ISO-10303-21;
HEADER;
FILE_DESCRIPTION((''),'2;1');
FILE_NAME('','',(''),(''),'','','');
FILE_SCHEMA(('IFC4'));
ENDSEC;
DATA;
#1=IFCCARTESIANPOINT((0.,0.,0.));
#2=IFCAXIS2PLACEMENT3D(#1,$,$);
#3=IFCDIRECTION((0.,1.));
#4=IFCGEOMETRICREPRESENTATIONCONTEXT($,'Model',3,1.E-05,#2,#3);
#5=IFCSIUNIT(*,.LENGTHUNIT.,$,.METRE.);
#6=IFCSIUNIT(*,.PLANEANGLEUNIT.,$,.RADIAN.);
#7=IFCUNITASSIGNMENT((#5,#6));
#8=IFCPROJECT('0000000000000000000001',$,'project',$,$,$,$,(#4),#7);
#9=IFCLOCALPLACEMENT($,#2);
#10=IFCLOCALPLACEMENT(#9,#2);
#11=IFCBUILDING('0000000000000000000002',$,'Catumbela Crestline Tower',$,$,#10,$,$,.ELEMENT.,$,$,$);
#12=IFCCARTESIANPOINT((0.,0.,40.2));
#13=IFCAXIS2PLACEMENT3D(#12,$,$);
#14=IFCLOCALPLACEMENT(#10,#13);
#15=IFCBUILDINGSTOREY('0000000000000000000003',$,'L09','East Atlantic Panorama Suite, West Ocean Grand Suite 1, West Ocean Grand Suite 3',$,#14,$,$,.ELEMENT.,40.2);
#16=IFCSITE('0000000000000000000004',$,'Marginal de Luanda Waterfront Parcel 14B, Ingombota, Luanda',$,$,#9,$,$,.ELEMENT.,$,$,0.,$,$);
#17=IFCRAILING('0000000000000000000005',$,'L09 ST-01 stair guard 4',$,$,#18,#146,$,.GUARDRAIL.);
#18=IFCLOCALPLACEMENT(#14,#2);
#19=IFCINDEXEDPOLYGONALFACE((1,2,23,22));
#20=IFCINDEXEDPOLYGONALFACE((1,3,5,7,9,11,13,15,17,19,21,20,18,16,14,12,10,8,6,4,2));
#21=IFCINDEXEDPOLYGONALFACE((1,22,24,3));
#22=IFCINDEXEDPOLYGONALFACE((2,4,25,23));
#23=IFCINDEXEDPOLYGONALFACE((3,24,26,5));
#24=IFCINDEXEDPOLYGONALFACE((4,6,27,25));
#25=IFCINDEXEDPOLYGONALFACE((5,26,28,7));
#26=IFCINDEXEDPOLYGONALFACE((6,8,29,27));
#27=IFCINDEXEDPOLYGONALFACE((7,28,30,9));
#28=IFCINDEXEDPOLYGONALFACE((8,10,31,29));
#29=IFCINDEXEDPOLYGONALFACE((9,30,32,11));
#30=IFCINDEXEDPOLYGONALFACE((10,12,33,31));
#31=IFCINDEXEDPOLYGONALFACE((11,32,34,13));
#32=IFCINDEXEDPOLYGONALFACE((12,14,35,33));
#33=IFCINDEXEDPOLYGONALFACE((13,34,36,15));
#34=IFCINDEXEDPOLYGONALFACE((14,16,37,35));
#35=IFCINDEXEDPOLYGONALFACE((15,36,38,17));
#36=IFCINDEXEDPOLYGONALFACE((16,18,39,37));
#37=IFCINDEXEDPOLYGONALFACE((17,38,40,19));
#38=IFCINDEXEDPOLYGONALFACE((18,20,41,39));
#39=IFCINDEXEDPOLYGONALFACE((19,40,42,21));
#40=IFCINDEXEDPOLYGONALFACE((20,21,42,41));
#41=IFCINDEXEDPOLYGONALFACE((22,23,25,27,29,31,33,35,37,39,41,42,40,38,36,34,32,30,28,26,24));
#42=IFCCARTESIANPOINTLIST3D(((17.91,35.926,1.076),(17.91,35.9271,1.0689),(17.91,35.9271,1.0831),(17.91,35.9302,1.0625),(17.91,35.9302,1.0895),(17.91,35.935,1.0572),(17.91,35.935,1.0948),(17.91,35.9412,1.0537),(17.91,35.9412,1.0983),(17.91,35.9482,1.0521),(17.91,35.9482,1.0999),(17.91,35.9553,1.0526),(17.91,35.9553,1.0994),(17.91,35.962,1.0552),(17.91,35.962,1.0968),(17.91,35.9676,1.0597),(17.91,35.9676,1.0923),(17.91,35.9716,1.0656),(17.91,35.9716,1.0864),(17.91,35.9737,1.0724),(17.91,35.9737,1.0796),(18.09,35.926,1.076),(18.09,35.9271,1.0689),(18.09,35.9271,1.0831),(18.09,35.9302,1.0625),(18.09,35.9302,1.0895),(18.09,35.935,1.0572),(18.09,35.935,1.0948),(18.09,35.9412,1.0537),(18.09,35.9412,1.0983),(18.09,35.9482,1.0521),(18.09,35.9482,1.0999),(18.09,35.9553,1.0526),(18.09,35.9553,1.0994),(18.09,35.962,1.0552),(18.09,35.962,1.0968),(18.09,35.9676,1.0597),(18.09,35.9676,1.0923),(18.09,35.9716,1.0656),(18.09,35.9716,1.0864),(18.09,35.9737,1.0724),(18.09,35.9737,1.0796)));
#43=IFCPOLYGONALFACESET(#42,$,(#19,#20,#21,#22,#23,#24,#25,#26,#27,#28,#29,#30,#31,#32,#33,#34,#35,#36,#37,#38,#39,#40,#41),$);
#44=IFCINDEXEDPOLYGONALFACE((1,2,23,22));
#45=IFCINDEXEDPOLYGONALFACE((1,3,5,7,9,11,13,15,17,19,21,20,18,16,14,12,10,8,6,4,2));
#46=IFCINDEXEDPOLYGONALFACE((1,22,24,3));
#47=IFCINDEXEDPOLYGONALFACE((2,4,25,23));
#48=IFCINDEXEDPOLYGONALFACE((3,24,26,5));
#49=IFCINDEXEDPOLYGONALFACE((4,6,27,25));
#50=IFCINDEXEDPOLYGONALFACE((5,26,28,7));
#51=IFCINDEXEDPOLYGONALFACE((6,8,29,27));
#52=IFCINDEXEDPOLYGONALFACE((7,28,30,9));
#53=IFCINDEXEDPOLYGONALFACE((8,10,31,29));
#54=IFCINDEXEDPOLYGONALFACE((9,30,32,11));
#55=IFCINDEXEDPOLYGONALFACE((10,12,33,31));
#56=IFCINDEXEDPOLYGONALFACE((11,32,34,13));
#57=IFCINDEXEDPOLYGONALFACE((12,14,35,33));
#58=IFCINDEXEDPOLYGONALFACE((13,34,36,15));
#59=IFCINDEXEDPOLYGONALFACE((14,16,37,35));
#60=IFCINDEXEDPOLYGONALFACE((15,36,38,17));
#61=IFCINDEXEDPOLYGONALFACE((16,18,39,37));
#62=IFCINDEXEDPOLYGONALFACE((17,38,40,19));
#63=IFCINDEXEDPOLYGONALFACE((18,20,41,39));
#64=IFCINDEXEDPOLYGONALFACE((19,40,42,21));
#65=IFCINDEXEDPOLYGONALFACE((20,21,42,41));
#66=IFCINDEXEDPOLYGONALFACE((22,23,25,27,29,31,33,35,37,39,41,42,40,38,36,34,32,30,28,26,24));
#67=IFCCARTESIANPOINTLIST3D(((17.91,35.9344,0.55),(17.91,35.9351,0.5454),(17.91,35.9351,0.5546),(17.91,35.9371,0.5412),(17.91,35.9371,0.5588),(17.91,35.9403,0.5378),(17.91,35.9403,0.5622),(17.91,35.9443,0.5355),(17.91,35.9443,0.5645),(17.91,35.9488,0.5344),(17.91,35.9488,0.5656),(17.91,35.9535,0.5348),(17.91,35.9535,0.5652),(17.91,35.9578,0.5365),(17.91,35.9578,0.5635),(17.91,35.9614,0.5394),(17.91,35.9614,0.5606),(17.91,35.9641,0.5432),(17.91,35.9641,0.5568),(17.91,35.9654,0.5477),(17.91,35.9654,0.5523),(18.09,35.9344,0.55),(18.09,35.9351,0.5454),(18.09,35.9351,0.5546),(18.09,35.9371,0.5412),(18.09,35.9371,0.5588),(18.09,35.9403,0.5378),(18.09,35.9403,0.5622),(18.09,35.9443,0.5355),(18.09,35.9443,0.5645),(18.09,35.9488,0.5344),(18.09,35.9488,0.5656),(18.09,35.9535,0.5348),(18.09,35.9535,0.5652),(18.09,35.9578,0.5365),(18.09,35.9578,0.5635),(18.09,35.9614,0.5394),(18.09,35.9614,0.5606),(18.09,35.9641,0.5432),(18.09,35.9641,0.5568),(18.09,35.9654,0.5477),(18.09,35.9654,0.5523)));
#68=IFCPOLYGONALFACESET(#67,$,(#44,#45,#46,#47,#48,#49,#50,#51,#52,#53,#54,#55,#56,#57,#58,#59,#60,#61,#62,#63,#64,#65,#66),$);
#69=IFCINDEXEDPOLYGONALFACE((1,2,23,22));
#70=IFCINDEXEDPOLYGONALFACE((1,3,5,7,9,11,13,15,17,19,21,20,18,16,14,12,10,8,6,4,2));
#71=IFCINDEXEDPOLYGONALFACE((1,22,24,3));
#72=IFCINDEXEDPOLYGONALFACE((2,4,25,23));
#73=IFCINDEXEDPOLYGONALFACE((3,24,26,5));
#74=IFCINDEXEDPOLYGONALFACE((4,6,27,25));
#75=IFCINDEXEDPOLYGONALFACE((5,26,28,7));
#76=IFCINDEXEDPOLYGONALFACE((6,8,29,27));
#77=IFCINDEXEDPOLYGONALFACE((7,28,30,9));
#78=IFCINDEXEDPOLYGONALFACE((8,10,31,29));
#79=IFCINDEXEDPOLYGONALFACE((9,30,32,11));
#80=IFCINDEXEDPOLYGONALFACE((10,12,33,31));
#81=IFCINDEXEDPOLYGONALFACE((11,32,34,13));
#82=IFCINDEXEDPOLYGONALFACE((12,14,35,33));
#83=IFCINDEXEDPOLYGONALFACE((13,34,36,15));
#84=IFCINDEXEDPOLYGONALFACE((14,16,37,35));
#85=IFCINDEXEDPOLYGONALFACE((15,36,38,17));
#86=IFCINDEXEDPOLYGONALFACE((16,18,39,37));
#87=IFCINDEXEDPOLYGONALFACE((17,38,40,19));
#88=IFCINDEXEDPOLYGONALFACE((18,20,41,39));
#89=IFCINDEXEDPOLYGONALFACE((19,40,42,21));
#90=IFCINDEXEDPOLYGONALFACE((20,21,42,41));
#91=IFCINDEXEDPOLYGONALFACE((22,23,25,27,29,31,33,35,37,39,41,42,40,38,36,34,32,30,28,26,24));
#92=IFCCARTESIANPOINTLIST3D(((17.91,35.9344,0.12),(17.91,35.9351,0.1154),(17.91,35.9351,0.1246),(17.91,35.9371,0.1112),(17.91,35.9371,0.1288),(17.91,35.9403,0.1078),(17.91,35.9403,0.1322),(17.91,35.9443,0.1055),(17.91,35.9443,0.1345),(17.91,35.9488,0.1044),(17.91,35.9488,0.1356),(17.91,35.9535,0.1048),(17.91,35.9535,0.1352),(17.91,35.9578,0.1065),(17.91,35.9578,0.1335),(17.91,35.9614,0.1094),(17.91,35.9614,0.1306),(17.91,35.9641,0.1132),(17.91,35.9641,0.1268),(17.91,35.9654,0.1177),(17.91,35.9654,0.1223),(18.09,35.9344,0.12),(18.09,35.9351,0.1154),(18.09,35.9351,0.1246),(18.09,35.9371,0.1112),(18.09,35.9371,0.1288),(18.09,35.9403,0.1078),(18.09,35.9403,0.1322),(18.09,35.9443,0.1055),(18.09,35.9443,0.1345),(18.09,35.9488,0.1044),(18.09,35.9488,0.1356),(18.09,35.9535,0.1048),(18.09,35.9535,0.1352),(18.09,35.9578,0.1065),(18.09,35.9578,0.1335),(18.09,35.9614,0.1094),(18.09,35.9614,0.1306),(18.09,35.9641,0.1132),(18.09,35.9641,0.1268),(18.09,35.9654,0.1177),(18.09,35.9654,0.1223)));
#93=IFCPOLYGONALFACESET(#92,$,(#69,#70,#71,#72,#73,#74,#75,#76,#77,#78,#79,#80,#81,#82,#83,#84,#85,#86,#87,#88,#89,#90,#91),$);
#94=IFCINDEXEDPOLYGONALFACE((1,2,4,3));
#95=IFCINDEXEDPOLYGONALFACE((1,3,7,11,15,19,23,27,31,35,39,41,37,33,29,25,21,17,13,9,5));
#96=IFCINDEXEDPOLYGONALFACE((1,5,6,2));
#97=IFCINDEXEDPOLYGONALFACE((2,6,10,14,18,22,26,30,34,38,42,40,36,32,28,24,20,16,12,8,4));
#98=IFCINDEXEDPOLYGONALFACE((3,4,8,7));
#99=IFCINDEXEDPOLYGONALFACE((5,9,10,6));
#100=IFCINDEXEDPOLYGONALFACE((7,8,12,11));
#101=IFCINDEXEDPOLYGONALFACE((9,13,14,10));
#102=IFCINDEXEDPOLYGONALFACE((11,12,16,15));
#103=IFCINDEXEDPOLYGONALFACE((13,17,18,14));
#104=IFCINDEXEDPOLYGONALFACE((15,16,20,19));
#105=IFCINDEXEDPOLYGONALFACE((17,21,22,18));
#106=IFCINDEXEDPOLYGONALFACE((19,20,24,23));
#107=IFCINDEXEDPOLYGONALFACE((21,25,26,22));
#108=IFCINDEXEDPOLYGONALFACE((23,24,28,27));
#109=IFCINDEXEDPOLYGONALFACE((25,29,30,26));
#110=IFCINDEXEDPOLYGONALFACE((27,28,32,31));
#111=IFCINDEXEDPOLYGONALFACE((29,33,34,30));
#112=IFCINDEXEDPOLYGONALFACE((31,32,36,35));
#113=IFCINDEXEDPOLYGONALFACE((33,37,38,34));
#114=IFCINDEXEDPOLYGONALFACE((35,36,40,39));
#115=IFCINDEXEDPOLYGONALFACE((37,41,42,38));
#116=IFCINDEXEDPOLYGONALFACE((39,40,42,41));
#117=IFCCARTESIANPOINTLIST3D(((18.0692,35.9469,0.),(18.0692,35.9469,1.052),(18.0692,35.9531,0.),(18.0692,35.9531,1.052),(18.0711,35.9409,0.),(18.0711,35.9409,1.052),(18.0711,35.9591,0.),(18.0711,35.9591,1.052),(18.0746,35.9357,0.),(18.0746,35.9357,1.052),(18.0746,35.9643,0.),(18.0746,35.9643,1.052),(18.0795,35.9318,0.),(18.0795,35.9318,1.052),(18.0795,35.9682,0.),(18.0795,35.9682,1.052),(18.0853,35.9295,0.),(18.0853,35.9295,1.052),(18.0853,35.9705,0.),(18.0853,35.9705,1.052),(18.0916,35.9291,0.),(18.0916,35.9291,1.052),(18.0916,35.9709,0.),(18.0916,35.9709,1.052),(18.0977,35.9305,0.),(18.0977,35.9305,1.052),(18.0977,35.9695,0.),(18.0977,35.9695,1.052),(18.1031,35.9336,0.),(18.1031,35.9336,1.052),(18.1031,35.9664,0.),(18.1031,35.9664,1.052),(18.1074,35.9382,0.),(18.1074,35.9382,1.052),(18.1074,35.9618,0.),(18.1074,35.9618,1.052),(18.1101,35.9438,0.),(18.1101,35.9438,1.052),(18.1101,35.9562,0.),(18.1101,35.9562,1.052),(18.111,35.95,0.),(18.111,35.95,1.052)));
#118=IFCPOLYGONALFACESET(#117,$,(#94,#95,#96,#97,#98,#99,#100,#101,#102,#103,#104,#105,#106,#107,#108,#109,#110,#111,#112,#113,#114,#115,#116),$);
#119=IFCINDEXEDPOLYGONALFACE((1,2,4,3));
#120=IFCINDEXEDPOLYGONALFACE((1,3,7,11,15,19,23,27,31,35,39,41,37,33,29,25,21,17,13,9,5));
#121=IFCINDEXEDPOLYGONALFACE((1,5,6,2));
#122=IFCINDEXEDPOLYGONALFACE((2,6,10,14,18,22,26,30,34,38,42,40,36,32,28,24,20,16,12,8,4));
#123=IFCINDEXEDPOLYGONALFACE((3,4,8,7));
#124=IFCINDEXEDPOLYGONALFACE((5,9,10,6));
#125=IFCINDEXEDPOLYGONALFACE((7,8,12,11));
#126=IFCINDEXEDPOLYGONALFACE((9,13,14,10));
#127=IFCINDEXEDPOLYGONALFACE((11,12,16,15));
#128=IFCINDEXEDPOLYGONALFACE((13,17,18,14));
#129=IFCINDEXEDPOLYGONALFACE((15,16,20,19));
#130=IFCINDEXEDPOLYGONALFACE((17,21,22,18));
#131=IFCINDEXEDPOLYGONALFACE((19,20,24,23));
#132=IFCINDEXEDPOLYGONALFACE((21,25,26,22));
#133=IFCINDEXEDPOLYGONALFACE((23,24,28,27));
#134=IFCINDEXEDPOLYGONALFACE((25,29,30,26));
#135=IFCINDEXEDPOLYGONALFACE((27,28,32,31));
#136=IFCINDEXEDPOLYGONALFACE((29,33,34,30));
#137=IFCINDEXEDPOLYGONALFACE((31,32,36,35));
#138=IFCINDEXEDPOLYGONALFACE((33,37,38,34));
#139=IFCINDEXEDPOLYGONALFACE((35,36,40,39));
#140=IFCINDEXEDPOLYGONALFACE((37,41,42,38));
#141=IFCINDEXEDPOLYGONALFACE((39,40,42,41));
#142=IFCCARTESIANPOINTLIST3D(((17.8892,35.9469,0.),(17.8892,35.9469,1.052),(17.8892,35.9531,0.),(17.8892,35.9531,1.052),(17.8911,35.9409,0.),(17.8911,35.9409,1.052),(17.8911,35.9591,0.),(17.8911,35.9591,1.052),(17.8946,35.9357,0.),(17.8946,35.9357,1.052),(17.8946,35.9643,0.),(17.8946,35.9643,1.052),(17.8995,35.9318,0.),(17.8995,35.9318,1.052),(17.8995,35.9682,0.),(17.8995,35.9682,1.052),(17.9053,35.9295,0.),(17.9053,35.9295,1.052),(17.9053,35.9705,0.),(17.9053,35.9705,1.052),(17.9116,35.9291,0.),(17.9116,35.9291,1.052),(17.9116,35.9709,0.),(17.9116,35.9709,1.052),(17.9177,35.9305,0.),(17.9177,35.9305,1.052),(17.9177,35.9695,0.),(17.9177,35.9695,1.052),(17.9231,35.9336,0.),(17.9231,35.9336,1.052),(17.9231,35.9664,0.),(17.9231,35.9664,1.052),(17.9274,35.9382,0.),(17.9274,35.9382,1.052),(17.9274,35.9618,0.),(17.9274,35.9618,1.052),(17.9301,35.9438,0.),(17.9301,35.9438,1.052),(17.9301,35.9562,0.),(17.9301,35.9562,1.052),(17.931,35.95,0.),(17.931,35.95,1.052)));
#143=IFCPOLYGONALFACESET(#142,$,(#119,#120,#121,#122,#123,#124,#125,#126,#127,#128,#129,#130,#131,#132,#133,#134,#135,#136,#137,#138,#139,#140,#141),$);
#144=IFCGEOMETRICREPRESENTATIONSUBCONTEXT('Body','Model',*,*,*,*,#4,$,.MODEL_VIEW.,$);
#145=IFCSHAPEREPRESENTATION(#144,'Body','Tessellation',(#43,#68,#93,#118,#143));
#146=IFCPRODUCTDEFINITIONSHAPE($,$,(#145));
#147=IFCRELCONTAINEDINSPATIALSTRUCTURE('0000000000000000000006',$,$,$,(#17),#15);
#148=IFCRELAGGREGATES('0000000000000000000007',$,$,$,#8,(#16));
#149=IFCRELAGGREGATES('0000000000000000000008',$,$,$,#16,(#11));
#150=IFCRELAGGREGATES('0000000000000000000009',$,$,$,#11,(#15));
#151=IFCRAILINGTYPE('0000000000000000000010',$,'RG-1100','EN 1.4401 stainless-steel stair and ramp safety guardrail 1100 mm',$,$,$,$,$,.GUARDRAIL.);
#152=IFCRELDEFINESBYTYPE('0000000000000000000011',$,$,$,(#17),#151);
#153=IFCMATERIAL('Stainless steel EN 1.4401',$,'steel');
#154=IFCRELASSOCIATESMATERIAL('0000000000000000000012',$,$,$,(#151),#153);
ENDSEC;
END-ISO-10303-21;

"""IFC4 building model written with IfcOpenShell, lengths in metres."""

from ifc_helpers import new_model, si_unit, direction, frame, origin, origin_2d, place, context, subcontext, project, spatial, circle, extrude, material, type_object, element, save


model = new_model("IFC4")

# Units and contexts
model_context = context("Model", 3, precision=1e-05, world=origin(), true_north=direction((0.0, 1.0)))
body_context = subcontext(model_context, "Body", "Model", "MODEL_VIEW")
ifc_project = project(units=[si_unit("LENGTHUNIT", "METRE"), si_unit("PLANEANGLEUNIT", "RADIAN")], contexts=[model_context])

# Site, building, storey
site_placement = place(None, origin())
site = spatial("IfcSite", under=ifc_project, at=site_placement, Name="Marginal de Luanda Waterfront Parcel 14B, Ingombota, Luanda", CompositionType="ELEMENT", RefElevation=0.0)
building_placement = place(site_placement, origin())
building = spatial("IfcBuilding", under=site, at=building_placement, Name="Catumbela Crestline Tower", CompositionType="ELEMENT")
storey_placement = place(building_placement, frame((0.0, 0.0, 40.2)))
storey = spatial("IfcBuildingStorey", under=building, at=storey_placement, Name="L09", Description="East Atlantic Panorama Suite, West Ocean Grand Suite 1, West Ocean Grand Suite 3", CompositionType="ELEMENT", Elevation=40.2)

# Shared definitions
ifc_material_1 = material(Name="Stainless steel EN 1.4401", Category="steel")

# Railing
railing_type_1 = type_object("IfcRailingType", Name="RG-1100", Description="EN 1.4401 stainless-steel stair and ramp safety guardrail 1100 mm", PredefinedType="GUARDRAIL", material=ifc_material_1)
railing_1_placement = place(storey_placement, frame((18.09, 35.95, 0.0)))
element("IfcRailing", 1, at=railing_1_placement, inside=storey, type_object=railing_type_1, Name="L09 ST-01 stair guard 4", PredefinedType="GUARDRAIL", context=body_context, shape_type="SweptSolid", body=[
    extrude(circle(Radius=0.024, at=origin_2d()), frame((0.0, 0.0, 1.076), z_axis=(-1.0, 0.0, 0.0), x_axis=(0.0, -1.0, 0.0)), (0.0, 0.0, 1.0), 0.18),
    extrude(circle(Radius=0.0156, at=origin_2d()), frame((0.0, 0.0, 0.55), z_axis=(-1.0, 0.0, 0.0), x_axis=(0.0, -1.0, 0.0)), (0.0, 0.0, 1.0), 0.18),
    extrude(circle(Radius=0.0156, at=origin_2d()), frame((0.0, 0.0, 0.12), z_axis=(-1.0, 0.0, 0.0), x_axis=(0.0, -1.0, 0.0)), (0.0, 0.0, 1.0), 0.18),
    extrude(circle(Radius=0.021, at=origin_2d()), origin(), (0.0, 0.0, 1.0), 1.052),
    extrude(circle(Radius=0.021, at=origin_2d()), frame((-0.18, 0.0, 0.0)), (0.0, 0.0, 1.0), 1.052),
])

save(model, "model.ifc")
